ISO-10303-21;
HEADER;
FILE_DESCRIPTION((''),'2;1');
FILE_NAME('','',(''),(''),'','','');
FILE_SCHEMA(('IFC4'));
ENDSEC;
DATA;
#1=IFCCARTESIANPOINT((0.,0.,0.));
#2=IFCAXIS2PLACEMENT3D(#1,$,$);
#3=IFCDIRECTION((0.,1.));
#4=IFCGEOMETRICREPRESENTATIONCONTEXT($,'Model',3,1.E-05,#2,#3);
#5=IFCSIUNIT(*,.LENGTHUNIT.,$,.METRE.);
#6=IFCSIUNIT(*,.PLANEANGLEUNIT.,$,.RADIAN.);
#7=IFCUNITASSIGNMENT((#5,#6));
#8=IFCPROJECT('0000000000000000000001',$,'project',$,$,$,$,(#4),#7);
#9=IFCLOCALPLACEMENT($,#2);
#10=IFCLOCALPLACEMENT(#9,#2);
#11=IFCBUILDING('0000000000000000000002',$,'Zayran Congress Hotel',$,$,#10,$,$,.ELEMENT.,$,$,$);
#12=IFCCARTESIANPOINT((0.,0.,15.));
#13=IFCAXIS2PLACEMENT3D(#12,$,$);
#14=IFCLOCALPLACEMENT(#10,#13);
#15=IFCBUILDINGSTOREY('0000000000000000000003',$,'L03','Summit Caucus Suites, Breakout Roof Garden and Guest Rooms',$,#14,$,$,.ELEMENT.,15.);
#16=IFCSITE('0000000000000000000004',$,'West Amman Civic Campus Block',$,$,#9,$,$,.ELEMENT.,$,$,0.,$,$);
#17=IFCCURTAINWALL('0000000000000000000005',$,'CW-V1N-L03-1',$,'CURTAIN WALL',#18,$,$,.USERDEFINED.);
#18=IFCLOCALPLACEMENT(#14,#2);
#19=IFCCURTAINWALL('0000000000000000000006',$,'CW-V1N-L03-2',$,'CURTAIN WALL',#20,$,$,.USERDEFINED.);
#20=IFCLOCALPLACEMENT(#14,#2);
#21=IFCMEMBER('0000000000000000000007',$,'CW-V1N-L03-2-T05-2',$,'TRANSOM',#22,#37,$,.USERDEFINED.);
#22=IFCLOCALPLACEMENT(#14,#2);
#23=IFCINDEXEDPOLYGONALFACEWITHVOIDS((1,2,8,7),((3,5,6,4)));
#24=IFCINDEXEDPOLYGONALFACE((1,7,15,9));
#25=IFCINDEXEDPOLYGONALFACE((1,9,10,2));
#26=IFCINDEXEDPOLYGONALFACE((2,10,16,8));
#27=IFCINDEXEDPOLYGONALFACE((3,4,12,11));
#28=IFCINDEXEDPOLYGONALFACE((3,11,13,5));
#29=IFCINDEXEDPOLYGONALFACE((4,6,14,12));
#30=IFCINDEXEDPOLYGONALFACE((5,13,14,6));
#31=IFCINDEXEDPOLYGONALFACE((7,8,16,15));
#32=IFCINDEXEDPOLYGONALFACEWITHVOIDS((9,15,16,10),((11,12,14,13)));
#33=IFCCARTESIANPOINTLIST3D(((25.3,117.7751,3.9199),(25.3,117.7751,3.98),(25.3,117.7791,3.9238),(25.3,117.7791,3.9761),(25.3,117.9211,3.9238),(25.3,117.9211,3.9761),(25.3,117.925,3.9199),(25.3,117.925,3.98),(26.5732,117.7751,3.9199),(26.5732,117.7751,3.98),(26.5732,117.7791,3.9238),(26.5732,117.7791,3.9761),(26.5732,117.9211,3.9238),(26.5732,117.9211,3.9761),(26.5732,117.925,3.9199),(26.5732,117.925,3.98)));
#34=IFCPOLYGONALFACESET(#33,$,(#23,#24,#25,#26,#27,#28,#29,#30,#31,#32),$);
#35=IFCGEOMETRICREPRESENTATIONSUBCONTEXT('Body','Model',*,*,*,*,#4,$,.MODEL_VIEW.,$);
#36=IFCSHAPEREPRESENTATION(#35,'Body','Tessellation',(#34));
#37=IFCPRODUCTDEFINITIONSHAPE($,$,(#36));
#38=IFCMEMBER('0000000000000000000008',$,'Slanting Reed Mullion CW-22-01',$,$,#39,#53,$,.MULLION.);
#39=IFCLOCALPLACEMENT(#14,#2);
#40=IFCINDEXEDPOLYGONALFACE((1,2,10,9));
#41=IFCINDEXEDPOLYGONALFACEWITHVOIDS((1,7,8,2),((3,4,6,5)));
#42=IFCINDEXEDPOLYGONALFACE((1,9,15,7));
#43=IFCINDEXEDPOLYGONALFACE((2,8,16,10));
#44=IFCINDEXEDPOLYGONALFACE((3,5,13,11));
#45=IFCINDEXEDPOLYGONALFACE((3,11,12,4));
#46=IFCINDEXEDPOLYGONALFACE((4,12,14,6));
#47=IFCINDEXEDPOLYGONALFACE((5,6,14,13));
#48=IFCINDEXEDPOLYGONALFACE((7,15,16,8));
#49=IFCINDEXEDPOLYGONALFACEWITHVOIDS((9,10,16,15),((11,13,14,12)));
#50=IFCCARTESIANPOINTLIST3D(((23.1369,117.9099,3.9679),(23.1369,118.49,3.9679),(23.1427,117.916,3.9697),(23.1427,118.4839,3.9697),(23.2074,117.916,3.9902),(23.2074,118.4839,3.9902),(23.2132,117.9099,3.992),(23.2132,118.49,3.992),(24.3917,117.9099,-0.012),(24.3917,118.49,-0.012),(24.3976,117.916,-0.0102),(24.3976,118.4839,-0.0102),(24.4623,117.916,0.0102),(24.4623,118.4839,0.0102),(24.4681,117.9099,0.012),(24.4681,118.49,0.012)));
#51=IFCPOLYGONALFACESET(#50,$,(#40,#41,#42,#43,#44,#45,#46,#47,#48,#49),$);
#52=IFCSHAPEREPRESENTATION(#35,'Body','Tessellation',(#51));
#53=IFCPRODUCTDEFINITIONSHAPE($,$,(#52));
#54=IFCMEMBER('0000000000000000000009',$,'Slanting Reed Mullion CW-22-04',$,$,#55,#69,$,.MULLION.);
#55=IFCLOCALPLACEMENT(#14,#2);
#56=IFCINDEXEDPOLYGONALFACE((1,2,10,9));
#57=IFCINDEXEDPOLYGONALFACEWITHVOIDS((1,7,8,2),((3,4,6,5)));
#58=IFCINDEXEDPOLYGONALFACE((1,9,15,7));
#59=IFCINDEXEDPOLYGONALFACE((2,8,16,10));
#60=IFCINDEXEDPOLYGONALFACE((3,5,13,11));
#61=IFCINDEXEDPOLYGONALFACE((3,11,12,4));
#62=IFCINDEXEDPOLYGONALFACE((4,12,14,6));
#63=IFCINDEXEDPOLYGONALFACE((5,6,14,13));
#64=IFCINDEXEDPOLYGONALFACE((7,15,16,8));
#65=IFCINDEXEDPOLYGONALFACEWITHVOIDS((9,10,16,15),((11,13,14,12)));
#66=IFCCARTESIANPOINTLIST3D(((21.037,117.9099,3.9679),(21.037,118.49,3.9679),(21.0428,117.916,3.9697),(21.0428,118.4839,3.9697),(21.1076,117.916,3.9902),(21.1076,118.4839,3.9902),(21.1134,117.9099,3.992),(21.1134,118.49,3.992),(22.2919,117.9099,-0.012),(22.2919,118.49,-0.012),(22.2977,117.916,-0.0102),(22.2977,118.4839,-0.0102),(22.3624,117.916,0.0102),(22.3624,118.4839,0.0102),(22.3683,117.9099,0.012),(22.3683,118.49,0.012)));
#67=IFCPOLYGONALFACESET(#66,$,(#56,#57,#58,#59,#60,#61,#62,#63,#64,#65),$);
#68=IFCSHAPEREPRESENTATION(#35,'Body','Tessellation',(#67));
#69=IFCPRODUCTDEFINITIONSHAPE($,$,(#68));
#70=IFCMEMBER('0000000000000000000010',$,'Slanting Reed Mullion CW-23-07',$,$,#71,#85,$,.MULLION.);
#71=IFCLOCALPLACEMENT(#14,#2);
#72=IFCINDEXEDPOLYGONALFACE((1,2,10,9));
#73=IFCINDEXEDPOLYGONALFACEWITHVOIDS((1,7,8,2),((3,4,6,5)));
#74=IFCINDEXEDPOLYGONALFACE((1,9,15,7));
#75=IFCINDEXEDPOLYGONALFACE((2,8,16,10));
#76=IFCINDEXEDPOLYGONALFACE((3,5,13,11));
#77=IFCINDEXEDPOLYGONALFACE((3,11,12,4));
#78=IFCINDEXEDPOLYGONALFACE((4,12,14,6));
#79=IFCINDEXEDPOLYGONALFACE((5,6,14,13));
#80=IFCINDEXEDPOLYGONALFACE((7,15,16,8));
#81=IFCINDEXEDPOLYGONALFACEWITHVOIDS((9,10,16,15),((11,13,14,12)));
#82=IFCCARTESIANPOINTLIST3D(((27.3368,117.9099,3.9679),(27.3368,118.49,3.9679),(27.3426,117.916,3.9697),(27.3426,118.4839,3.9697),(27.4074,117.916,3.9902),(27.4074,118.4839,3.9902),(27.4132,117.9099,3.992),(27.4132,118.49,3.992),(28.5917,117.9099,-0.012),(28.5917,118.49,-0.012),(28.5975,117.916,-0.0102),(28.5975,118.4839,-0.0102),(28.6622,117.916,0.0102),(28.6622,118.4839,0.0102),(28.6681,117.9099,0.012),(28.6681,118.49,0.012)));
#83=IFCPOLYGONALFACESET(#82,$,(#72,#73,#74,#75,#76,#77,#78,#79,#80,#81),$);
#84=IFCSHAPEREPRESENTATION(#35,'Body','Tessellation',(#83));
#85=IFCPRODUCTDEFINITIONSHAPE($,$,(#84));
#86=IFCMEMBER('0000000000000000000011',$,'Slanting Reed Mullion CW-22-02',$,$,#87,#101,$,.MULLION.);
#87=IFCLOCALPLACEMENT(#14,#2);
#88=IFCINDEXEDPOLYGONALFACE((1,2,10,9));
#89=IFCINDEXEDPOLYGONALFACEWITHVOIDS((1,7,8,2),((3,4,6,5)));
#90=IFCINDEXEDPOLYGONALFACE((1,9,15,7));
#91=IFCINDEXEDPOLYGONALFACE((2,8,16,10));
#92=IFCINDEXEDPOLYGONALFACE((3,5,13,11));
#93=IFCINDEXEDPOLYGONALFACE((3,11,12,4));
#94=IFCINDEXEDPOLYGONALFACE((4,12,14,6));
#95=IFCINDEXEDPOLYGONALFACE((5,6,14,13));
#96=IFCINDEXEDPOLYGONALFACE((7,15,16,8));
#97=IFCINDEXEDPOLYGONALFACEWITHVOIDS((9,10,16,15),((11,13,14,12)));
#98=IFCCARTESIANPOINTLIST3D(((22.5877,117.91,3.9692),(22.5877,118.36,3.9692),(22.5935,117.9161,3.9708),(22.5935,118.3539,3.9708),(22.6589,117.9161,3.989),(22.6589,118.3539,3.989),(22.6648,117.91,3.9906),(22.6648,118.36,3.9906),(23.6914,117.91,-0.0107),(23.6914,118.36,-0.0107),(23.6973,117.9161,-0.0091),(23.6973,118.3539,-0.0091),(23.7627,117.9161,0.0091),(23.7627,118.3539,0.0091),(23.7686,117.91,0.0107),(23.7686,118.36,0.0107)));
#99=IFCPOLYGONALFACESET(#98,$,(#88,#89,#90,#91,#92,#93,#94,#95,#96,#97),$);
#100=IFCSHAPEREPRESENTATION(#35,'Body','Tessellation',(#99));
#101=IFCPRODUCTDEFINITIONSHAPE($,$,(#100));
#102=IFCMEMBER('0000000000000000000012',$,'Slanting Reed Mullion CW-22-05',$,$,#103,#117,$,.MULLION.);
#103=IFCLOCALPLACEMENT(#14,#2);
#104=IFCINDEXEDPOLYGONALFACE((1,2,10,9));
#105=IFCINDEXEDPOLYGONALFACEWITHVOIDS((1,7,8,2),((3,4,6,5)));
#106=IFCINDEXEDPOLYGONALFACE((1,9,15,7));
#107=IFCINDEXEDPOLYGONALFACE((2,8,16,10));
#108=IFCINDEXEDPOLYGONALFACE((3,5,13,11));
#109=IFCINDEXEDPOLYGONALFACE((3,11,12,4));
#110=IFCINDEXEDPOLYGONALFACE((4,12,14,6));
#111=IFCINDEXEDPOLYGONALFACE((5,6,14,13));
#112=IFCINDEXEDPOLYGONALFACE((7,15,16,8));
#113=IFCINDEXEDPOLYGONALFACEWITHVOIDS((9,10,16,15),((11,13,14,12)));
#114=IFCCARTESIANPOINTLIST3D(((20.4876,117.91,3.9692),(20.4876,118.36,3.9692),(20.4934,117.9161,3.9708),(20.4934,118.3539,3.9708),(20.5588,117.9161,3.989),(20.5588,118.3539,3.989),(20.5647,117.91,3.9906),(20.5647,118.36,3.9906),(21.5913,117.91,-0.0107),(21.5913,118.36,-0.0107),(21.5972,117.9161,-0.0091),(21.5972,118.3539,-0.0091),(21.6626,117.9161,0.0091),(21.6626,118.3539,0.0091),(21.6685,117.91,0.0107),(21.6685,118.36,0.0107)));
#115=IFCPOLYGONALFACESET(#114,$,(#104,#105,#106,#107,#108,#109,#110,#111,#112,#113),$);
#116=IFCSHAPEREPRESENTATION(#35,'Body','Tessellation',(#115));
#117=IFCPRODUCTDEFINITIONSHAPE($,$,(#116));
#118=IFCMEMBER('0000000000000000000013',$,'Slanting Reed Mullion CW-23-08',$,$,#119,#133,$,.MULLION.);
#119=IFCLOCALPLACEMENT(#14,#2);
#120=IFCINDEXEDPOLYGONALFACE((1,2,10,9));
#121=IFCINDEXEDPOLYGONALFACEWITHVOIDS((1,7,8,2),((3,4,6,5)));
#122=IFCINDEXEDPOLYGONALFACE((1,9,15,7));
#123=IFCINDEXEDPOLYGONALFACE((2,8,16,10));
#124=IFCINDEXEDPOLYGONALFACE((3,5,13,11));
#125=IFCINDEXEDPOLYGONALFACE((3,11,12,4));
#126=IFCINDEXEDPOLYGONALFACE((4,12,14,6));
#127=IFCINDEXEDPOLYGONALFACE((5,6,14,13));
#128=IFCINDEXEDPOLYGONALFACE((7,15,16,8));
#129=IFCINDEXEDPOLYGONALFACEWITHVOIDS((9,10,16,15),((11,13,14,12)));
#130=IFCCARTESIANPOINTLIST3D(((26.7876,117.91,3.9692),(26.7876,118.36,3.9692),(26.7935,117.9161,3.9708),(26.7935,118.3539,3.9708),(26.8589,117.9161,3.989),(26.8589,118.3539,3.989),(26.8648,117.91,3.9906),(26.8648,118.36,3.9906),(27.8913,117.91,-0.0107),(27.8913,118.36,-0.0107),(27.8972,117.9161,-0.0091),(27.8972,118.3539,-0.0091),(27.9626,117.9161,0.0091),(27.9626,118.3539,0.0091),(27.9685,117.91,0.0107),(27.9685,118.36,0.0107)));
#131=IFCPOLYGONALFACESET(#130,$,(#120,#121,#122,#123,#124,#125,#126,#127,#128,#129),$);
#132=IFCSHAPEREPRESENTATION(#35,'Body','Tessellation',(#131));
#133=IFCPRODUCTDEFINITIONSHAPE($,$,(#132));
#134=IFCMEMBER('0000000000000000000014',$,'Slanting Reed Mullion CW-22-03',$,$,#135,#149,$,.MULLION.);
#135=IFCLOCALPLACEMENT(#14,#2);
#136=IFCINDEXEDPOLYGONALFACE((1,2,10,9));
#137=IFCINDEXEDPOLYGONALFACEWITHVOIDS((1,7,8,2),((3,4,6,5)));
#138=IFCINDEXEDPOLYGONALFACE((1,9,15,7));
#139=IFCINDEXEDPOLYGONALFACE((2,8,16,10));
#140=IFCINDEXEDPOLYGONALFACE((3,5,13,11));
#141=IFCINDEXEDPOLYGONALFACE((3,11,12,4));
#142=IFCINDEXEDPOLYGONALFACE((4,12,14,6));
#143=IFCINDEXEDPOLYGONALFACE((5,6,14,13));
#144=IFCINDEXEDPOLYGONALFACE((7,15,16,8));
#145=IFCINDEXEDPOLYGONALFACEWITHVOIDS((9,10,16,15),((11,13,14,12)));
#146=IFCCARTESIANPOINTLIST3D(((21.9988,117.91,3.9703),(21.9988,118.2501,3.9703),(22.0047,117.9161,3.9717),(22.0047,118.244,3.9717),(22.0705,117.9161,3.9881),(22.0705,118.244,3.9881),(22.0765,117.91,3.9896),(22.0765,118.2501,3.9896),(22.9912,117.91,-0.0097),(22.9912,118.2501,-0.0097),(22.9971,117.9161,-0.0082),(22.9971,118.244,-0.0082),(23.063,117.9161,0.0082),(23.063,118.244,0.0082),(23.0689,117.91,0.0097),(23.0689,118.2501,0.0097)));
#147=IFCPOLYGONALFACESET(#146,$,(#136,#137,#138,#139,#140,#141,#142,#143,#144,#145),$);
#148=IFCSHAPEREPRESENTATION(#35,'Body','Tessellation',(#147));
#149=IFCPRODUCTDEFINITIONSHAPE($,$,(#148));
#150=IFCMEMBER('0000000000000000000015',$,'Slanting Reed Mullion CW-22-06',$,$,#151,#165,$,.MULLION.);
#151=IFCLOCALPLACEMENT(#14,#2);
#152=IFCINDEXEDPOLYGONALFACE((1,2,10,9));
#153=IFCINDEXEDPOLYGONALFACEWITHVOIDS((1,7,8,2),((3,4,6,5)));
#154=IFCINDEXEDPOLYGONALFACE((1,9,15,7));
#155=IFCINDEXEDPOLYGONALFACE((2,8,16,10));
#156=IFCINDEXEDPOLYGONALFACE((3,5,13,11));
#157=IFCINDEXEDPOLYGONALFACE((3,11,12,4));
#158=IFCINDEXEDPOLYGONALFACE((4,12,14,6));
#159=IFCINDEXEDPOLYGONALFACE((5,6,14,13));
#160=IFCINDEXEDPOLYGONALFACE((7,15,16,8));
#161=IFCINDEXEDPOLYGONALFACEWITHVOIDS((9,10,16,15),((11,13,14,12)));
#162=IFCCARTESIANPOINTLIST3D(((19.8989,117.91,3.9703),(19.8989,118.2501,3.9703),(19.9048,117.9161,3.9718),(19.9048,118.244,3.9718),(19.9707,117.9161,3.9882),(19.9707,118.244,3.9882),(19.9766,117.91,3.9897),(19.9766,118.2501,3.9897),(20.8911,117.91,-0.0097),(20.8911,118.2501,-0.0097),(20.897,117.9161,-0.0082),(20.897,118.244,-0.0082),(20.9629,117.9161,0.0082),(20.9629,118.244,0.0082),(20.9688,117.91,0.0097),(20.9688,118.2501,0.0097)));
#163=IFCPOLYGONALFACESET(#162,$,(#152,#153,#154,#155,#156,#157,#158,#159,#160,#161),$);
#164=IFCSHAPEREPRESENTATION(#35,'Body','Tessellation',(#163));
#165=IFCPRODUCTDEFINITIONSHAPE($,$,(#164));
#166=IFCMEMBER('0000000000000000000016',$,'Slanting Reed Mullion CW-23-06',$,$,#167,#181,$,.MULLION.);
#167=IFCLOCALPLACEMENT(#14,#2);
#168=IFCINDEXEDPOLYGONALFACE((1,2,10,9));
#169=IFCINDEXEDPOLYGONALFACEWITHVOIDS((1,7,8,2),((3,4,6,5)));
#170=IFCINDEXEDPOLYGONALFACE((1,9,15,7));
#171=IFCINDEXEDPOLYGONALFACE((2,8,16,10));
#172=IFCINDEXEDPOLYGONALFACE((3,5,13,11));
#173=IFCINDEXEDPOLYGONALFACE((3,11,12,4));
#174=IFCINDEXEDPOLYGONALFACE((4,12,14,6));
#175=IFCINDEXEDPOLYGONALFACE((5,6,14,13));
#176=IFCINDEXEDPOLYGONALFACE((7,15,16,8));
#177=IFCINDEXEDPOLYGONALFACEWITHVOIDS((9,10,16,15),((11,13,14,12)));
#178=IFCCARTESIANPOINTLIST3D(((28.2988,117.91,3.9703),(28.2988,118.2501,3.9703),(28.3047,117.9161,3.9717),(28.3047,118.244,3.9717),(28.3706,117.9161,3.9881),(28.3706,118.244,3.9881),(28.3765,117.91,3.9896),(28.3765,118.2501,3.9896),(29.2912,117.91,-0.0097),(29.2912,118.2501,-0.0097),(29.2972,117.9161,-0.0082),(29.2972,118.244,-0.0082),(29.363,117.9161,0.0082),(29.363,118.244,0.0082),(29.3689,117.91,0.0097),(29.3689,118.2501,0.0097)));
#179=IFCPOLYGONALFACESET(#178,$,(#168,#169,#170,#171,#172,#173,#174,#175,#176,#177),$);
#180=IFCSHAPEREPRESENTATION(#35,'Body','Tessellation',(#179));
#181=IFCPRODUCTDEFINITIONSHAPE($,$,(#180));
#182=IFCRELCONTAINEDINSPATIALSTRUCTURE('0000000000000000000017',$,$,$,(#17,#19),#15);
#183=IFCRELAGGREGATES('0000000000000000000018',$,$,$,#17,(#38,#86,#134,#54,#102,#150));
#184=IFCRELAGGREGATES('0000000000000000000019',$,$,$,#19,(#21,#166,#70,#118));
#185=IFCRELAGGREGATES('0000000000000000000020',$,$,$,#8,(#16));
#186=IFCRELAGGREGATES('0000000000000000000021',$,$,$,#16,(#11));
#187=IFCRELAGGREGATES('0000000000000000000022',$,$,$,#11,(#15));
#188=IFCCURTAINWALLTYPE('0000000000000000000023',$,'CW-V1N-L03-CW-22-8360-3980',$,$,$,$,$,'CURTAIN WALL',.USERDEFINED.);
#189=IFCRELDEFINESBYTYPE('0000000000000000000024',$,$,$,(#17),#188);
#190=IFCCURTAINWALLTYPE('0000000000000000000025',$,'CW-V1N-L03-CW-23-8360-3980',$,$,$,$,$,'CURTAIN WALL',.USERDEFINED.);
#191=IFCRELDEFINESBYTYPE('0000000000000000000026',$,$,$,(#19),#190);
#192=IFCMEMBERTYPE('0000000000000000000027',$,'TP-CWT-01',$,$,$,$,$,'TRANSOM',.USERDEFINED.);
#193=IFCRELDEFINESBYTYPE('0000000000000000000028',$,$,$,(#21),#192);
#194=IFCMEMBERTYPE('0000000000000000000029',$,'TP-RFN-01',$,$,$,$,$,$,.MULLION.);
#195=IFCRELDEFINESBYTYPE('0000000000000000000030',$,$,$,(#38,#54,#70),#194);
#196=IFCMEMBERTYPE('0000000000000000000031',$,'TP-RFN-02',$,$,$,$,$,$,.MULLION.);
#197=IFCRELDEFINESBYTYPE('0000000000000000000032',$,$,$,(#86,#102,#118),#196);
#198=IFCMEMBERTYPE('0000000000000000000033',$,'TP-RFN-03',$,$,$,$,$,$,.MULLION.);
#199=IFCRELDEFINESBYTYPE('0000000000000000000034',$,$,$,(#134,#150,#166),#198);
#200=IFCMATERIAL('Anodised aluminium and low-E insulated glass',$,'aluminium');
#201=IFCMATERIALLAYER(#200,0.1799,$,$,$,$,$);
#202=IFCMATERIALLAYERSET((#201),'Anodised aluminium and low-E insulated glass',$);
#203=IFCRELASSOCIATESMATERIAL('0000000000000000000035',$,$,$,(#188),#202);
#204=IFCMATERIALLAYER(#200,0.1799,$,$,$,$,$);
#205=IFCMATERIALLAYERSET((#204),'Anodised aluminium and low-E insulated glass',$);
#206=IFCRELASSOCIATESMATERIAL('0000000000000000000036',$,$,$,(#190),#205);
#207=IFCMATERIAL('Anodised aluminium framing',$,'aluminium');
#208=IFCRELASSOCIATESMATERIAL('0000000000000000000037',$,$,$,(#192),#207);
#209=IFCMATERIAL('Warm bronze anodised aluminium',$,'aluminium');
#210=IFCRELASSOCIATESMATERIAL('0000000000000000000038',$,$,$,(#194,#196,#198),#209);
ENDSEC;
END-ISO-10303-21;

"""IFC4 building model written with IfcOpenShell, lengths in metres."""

from ifc_helpers import new_model, si_unit, direction, frame, origin, origin_2d, place, context, subcontext, project, spatial, hollow_rectangle, extrude, material, layer, layer_set, material_profile, profile_set, type_object, element, aggregate, save


model = new_model("IFC4")

# Units and contexts
model_context = context("Model", 3, precision=1e-05, world=origin(), true_north=direction((0.0, 1.0)))
body_context = subcontext(model_context, "Body", "Model", "MODEL_VIEW")
ifc_project = project(units=[si_unit("LENGTHUNIT", "METRE"), si_unit("PLANEANGLEUNIT", "RADIAN")], contexts=[model_context])

# Site, building, storey
site_placement = place(None, origin())
site = spatial("IfcSite", under=ifc_project, at=site_placement, Name="West Amman Civic Campus Block", CompositionType="ELEMENT", RefElevation=0.0)
building_placement = place(site_placement, origin())
building = spatial("IfcBuilding", under=site, at=building_placement, Name="Zayran Congress Hotel", CompositionType="ELEMENT")
storey_placement = place(building_placement, frame((0.0, 0.0, 15.0)))
storey = spatial("IfcBuildingStorey", under=building, at=storey_placement, Name="L03", Description="Summit Caucus Suites, Breakout Roof Garden and Guest Rooms", CompositionType="ELEMENT", Elevation=15.0)

# Curtain wall
ifc_material_1 = material(Name="Anodised aluminium and low-E insulated glass", Category="aluminium")
ifc_layer_1 = layer(ifc_material_1, 0.1799)
ifc_layer_set_1 = layer_set([ifc_layer_1], Name="Anodised aluminium and low-E insulated glass")
curtain_wall_type_1 = type_object("IfcCurtainWallType", Name="CW-V1N-L03-CW-22-8360-3980", ElementType="CURTAIN WALL", PredefinedType="USERDEFINED", material=ifc_layer_set_1)
curtain_wall_1_placement = place(storey_placement, origin())
curtain_wall_1 = element("IfcCurtainWall", 1, at=curtain_wall_1_placement, inside=storey, type_object=curtain_wall_type_1, Name="CW-V1N-L03-1", ObjectType="CURTAIN WALL", PredefinedType="USERDEFINED")
ifc_material_2 = material(Name="Anodised aluminium framing", Category="aluminium")

# Curtain wall
ifc_layer_2 = layer(ifc_material_1, 0.1799)
ifc_layer_set_2 = layer_set([ifc_layer_2], Name="Anodised aluminium and low-E insulated glass")
curtain_wall_type_2 = type_object("IfcCurtainWallType", Name="CW-V1N-L03-CW-23-8360-3980", ElementType="CURTAIN WALL", PredefinedType="USERDEFINED", material=ifc_layer_set_2)
curtain_wall_2_placement = place(storey_placement, origin())
curtain_wall_2 = element("IfcCurtainWall", 2, at=curtain_wall_2_placement, inside=storey, type_object=curtain_wall_type_2, Name="CW-V1N-L03-2", ObjectType="CURTAIN WALL", PredefinedType="USERDEFINED")

# Members
ifc_material_profile_1 = material_profile(ifc_material_2, hollow_rectangle(XDim=0.0601, YDim=0.1499, WallThickness=0.0039, at=origin_2d()), Name="RHS 150x60x4")
ifc_profile_set_1 = profile_set([ifc_material_profile_1], Name="Anodised aluminium framing")
member_type_1 = type_object("IfcMemberType", Name="TP-CWT-01", ElementType="TRANSOM", PredefinedType="USERDEFINED", material=ifc_profile_set_1)
member_1_placement = place(storey_placement, frame((26.5732, 117.8501, 3.95), z_axis=(-1.0, 0.0, 0.0), x_axis=(0.0, 0.0, 1.0)))
member_1 = element("IfcMember", 3, at=member_1_placement, type_object=member_type_1, Name="CW-V1N-L03-2-T05-2", ObjectType="TRANSOM", PredefinedType="USERDEFINED", context=body_context, shape_type="SweptSolid", body=[
    extrude(hollow_rectangle(XDim=0.0601, YDim=0.1499, WallThickness=0.0039, at=origin_2d()), origin(), (0.0, 0.0, 1.0), 1.2732),
])
ifc_material_3 = material(Name="Warm bronze anodised aluminium", Category="aluminium")
ifc_material_profile_2 = material_profile(ifc_material_3, hollow_rectangle(XDim=0.0801, YDim=0.5801, WallThickness=0.0061, at=origin_2d()), Name="RHS 580x80x6")
ifc_profile_set_2 = profile_set([ifc_material_profile_2], Name="Warm bronze anodised aluminium")
member_type_2 = type_object("IfcMemberType", Name="TP-RFN-01", PredefinedType="MULLION", material=ifc_profile_set_2)
member_2_placement = place(storey_placement, frame((24.4299, 118.2, 0.0), z_axis=(-0.300706, 0.0, 0.953717), x_axis=(0.953717, 0.0, 0.300706)))
member_2 = element("IfcMember", 4, at=member_2_placement, type_object=member_type_2, Name="Slanting Reed Mullion CW-22-01", PredefinedType="MULLION", context=body_context, shape_type="SweptSolid", body=[
    extrude(hollow_rectangle(XDim=0.0801, YDim=0.5801, WallThickness=0.0061, at=origin_2d()), origin(), (0.0, 0.0, 1.0), 4.1731),
])
member_3_placement = place(storey_placement, frame((22.3301, 118.2, 0.0), z_axis=(-0.300706, 0.0, 0.953717), x_axis=(0.953717, 0.0, 0.300706)))
member_3 = element("IfcMember", 5, at=member_3_placement, type_object=member_type_2, Name="Slanting Reed Mullion CW-22-04", PredefinedType="MULLION", context=body_context, shape_type="SweptSolid", body=[
    extrude(hollow_rectangle(XDim=0.0801, YDim=0.5801, WallThickness=0.0061, at=origin_2d()), origin(), (0.0, 0.0, 1.0), 4.1731),
])
member_4_placement = place(storey_placement, frame((28.6299, 118.2, 0.0), z_axis=(-0.300706, 0.0, 0.953717), x_axis=(0.953717, 0.0, 0.300706)))
member_4 = element("IfcMember", 6, at=member_4_placement, type_object=member_type_2, Name="Slanting Reed Mullion CW-23-07", PredefinedType="MULLION", context=body_context, shape_type="SweptSolid", body=[
    extrude(hollow_rectangle(XDim=0.0801, YDim=0.5801, WallThickness=0.0061, at=origin_2d()), origin(), (0.0, 0.0, 1.0), 4.1731),
])
ifc_material_profile_3 = material_profile(ifc_material_3, hollow_rectangle(XDim=0.0801, YDim=0.45, WallThickness=0.0061, at=origin_2d()), Name="RHS 450x80x6")
ifc_profile_set_3 = profile_set([ifc_material_profile_3], Name="Warm bronze anodised aluminium")
member_type_3 = type_object("IfcMemberType", Name="TP-RFN-02", PredefinedType="MULLION", material=ifc_profile_set_3)
member_5_placement = place(storey_placement, frame((23.73, 118.135, 0.0), z_axis=(-0.267241, 0.0, 0.96363), x_axis=(0.96363, 0.0, 0.267241)))
member_5 = element("IfcMember", 7, at=member_5_placement, type_object=member_type_3, Name="Slanting Reed Mullion CW-22-02", PredefinedType="MULLION", context=body_context, shape_type="SweptSolid", body=[
    extrude(hollow_rectangle(XDim=0.0801, YDim=0.45, WallThickness=0.0061, at=origin_2d()), origin(), (0.0, 0.0, 1.0), 4.1301),
])
member_6_placement = place(storey_placement, frame((21.6299, 118.135, 0.0), z_axis=(-0.267241, 0.0, 0.96363), x_axis=(0.96363, 0.0, 0.267241)))
member_6 = element("IfcMember", 8, at=member_6_placement, type_object=member_type_3, Name="Slanting Reed Mullion CW-22-05", PredefinedType="MULLION", context=body_context, shape_type="SweptSolid", body=[
    extrude(hollow_rectangle(XDim=0.0801, YDim=0.45, WallThickness=0.0061, at=origin_2d()), origin(), (0.0, 0.0, 1.0), 4.1301),
])
member_7_placement = place(storey_placement, frame((27.9299, 118.135, 0.0), z_axis=(-0.267241, 0.0, 0.96363), x_axis=(0.96363, 0.0, 0.267241)))
member_7 = element("IfcMember", 9, at=member_7_placement, type_object=member_type_3, Name="Slanting Reed Mullion CW-23-08", PredefinedType="MULLION", context=body_context, shape_type="SweptSolid", body=[
    extrude(hollow_rectangle(XDim=0.0801, YDim=0.45, WallThickness=0.0061, at=origin_2d()), origin(), (0.0, 0.0, 1.0), 4.1301),
])
ifc_material_profile_4 = material_profile(ifc_material_3, hollow_rectangle(XDim=0.0801, YDim=0.3401, WallThickness=0.0061, at=origin_2d()), Name="RHS 340x80x6")
ifc_profile_set_4 = profile_set([ifc_material_profile_4], Name="Warm bronze anodised aluminium")
member_type_4 = type_object("IfcMemberType", Name="TP-RFN-03", PredefinedType="MULLION", material=ifc_profile_set_4)
member_8_placement = place(storey_placement, frame((23.03, 118.0801, 0.0), z_axis=(-0.241947, 0.0, 0.970289), x_axis=(0.970289, 0.0, 0.241947)))
member_8 = element("IfcMember", 10, at=member_8_placement, type_object=member_type_4, Name="Slanting Reed Mullion CW-22-03", PredefinedType="MULLION", context=body_context, shape_type="SweptSolid", body=[
    extrude(hollow_rectangle(XDim=0.0801, YDim=0.3401, WallThickness=0.0061, at=origin_2d()), origin(), (0.0, 0.0, 1.0), 4.1018),
])
member_9_placement = place(storey_placement, frame((20.9299, 118.0801, 0.0), z_axis=(-0.241891, 0.0, 0.970303), x_axis=(0.970303, 0.0, 0.241891)))
member_9 = element("IfcMember", 11, at=member_9_placement, type_object=member_type_4, Name="Slanting Reed Mullion CW-22-06", PredefinedType="MULLION", context=body_context, shape_type="SweptSolid", body=[
    extrude(hollow_rectangle(XDim=0.0801, YDim=0.3401, WallThickness=0.0061, at=origin_2d()), origin(), (0.0, 0.0, 1.0), 4.1018),
])
aggregate(curtain_wall_1, [member_2, member_5, member_8, member_3, member_6, member_9])
member_10_placement = place(storey_placement, frame((29.3301, 118.0801, 0.0), z_axis=(-0.241947, 0.0, 0.970289), x_axis=(0.970289, 0.0, 0.241947)))
member_10 = element("IfcMember", 12, at=member_10_placement, type_object=member_type_4, Name="Slanting Reed Mullion CW-23-06", PredefinedType="MULLION", context=body_context, shape_type="SweptSolid", body=[
    extrude(hollow_rectangle(XDim=0.0801, YDim=0.3401, WallThickness=0.0061, at=origin_2d()), origin(), (0.0, 0.0, 1.0), 4.1018),
])

aggregate(curtain_wall_2, [member_1, member_10, member_4, member_7])

save(model, "model.ifc")
